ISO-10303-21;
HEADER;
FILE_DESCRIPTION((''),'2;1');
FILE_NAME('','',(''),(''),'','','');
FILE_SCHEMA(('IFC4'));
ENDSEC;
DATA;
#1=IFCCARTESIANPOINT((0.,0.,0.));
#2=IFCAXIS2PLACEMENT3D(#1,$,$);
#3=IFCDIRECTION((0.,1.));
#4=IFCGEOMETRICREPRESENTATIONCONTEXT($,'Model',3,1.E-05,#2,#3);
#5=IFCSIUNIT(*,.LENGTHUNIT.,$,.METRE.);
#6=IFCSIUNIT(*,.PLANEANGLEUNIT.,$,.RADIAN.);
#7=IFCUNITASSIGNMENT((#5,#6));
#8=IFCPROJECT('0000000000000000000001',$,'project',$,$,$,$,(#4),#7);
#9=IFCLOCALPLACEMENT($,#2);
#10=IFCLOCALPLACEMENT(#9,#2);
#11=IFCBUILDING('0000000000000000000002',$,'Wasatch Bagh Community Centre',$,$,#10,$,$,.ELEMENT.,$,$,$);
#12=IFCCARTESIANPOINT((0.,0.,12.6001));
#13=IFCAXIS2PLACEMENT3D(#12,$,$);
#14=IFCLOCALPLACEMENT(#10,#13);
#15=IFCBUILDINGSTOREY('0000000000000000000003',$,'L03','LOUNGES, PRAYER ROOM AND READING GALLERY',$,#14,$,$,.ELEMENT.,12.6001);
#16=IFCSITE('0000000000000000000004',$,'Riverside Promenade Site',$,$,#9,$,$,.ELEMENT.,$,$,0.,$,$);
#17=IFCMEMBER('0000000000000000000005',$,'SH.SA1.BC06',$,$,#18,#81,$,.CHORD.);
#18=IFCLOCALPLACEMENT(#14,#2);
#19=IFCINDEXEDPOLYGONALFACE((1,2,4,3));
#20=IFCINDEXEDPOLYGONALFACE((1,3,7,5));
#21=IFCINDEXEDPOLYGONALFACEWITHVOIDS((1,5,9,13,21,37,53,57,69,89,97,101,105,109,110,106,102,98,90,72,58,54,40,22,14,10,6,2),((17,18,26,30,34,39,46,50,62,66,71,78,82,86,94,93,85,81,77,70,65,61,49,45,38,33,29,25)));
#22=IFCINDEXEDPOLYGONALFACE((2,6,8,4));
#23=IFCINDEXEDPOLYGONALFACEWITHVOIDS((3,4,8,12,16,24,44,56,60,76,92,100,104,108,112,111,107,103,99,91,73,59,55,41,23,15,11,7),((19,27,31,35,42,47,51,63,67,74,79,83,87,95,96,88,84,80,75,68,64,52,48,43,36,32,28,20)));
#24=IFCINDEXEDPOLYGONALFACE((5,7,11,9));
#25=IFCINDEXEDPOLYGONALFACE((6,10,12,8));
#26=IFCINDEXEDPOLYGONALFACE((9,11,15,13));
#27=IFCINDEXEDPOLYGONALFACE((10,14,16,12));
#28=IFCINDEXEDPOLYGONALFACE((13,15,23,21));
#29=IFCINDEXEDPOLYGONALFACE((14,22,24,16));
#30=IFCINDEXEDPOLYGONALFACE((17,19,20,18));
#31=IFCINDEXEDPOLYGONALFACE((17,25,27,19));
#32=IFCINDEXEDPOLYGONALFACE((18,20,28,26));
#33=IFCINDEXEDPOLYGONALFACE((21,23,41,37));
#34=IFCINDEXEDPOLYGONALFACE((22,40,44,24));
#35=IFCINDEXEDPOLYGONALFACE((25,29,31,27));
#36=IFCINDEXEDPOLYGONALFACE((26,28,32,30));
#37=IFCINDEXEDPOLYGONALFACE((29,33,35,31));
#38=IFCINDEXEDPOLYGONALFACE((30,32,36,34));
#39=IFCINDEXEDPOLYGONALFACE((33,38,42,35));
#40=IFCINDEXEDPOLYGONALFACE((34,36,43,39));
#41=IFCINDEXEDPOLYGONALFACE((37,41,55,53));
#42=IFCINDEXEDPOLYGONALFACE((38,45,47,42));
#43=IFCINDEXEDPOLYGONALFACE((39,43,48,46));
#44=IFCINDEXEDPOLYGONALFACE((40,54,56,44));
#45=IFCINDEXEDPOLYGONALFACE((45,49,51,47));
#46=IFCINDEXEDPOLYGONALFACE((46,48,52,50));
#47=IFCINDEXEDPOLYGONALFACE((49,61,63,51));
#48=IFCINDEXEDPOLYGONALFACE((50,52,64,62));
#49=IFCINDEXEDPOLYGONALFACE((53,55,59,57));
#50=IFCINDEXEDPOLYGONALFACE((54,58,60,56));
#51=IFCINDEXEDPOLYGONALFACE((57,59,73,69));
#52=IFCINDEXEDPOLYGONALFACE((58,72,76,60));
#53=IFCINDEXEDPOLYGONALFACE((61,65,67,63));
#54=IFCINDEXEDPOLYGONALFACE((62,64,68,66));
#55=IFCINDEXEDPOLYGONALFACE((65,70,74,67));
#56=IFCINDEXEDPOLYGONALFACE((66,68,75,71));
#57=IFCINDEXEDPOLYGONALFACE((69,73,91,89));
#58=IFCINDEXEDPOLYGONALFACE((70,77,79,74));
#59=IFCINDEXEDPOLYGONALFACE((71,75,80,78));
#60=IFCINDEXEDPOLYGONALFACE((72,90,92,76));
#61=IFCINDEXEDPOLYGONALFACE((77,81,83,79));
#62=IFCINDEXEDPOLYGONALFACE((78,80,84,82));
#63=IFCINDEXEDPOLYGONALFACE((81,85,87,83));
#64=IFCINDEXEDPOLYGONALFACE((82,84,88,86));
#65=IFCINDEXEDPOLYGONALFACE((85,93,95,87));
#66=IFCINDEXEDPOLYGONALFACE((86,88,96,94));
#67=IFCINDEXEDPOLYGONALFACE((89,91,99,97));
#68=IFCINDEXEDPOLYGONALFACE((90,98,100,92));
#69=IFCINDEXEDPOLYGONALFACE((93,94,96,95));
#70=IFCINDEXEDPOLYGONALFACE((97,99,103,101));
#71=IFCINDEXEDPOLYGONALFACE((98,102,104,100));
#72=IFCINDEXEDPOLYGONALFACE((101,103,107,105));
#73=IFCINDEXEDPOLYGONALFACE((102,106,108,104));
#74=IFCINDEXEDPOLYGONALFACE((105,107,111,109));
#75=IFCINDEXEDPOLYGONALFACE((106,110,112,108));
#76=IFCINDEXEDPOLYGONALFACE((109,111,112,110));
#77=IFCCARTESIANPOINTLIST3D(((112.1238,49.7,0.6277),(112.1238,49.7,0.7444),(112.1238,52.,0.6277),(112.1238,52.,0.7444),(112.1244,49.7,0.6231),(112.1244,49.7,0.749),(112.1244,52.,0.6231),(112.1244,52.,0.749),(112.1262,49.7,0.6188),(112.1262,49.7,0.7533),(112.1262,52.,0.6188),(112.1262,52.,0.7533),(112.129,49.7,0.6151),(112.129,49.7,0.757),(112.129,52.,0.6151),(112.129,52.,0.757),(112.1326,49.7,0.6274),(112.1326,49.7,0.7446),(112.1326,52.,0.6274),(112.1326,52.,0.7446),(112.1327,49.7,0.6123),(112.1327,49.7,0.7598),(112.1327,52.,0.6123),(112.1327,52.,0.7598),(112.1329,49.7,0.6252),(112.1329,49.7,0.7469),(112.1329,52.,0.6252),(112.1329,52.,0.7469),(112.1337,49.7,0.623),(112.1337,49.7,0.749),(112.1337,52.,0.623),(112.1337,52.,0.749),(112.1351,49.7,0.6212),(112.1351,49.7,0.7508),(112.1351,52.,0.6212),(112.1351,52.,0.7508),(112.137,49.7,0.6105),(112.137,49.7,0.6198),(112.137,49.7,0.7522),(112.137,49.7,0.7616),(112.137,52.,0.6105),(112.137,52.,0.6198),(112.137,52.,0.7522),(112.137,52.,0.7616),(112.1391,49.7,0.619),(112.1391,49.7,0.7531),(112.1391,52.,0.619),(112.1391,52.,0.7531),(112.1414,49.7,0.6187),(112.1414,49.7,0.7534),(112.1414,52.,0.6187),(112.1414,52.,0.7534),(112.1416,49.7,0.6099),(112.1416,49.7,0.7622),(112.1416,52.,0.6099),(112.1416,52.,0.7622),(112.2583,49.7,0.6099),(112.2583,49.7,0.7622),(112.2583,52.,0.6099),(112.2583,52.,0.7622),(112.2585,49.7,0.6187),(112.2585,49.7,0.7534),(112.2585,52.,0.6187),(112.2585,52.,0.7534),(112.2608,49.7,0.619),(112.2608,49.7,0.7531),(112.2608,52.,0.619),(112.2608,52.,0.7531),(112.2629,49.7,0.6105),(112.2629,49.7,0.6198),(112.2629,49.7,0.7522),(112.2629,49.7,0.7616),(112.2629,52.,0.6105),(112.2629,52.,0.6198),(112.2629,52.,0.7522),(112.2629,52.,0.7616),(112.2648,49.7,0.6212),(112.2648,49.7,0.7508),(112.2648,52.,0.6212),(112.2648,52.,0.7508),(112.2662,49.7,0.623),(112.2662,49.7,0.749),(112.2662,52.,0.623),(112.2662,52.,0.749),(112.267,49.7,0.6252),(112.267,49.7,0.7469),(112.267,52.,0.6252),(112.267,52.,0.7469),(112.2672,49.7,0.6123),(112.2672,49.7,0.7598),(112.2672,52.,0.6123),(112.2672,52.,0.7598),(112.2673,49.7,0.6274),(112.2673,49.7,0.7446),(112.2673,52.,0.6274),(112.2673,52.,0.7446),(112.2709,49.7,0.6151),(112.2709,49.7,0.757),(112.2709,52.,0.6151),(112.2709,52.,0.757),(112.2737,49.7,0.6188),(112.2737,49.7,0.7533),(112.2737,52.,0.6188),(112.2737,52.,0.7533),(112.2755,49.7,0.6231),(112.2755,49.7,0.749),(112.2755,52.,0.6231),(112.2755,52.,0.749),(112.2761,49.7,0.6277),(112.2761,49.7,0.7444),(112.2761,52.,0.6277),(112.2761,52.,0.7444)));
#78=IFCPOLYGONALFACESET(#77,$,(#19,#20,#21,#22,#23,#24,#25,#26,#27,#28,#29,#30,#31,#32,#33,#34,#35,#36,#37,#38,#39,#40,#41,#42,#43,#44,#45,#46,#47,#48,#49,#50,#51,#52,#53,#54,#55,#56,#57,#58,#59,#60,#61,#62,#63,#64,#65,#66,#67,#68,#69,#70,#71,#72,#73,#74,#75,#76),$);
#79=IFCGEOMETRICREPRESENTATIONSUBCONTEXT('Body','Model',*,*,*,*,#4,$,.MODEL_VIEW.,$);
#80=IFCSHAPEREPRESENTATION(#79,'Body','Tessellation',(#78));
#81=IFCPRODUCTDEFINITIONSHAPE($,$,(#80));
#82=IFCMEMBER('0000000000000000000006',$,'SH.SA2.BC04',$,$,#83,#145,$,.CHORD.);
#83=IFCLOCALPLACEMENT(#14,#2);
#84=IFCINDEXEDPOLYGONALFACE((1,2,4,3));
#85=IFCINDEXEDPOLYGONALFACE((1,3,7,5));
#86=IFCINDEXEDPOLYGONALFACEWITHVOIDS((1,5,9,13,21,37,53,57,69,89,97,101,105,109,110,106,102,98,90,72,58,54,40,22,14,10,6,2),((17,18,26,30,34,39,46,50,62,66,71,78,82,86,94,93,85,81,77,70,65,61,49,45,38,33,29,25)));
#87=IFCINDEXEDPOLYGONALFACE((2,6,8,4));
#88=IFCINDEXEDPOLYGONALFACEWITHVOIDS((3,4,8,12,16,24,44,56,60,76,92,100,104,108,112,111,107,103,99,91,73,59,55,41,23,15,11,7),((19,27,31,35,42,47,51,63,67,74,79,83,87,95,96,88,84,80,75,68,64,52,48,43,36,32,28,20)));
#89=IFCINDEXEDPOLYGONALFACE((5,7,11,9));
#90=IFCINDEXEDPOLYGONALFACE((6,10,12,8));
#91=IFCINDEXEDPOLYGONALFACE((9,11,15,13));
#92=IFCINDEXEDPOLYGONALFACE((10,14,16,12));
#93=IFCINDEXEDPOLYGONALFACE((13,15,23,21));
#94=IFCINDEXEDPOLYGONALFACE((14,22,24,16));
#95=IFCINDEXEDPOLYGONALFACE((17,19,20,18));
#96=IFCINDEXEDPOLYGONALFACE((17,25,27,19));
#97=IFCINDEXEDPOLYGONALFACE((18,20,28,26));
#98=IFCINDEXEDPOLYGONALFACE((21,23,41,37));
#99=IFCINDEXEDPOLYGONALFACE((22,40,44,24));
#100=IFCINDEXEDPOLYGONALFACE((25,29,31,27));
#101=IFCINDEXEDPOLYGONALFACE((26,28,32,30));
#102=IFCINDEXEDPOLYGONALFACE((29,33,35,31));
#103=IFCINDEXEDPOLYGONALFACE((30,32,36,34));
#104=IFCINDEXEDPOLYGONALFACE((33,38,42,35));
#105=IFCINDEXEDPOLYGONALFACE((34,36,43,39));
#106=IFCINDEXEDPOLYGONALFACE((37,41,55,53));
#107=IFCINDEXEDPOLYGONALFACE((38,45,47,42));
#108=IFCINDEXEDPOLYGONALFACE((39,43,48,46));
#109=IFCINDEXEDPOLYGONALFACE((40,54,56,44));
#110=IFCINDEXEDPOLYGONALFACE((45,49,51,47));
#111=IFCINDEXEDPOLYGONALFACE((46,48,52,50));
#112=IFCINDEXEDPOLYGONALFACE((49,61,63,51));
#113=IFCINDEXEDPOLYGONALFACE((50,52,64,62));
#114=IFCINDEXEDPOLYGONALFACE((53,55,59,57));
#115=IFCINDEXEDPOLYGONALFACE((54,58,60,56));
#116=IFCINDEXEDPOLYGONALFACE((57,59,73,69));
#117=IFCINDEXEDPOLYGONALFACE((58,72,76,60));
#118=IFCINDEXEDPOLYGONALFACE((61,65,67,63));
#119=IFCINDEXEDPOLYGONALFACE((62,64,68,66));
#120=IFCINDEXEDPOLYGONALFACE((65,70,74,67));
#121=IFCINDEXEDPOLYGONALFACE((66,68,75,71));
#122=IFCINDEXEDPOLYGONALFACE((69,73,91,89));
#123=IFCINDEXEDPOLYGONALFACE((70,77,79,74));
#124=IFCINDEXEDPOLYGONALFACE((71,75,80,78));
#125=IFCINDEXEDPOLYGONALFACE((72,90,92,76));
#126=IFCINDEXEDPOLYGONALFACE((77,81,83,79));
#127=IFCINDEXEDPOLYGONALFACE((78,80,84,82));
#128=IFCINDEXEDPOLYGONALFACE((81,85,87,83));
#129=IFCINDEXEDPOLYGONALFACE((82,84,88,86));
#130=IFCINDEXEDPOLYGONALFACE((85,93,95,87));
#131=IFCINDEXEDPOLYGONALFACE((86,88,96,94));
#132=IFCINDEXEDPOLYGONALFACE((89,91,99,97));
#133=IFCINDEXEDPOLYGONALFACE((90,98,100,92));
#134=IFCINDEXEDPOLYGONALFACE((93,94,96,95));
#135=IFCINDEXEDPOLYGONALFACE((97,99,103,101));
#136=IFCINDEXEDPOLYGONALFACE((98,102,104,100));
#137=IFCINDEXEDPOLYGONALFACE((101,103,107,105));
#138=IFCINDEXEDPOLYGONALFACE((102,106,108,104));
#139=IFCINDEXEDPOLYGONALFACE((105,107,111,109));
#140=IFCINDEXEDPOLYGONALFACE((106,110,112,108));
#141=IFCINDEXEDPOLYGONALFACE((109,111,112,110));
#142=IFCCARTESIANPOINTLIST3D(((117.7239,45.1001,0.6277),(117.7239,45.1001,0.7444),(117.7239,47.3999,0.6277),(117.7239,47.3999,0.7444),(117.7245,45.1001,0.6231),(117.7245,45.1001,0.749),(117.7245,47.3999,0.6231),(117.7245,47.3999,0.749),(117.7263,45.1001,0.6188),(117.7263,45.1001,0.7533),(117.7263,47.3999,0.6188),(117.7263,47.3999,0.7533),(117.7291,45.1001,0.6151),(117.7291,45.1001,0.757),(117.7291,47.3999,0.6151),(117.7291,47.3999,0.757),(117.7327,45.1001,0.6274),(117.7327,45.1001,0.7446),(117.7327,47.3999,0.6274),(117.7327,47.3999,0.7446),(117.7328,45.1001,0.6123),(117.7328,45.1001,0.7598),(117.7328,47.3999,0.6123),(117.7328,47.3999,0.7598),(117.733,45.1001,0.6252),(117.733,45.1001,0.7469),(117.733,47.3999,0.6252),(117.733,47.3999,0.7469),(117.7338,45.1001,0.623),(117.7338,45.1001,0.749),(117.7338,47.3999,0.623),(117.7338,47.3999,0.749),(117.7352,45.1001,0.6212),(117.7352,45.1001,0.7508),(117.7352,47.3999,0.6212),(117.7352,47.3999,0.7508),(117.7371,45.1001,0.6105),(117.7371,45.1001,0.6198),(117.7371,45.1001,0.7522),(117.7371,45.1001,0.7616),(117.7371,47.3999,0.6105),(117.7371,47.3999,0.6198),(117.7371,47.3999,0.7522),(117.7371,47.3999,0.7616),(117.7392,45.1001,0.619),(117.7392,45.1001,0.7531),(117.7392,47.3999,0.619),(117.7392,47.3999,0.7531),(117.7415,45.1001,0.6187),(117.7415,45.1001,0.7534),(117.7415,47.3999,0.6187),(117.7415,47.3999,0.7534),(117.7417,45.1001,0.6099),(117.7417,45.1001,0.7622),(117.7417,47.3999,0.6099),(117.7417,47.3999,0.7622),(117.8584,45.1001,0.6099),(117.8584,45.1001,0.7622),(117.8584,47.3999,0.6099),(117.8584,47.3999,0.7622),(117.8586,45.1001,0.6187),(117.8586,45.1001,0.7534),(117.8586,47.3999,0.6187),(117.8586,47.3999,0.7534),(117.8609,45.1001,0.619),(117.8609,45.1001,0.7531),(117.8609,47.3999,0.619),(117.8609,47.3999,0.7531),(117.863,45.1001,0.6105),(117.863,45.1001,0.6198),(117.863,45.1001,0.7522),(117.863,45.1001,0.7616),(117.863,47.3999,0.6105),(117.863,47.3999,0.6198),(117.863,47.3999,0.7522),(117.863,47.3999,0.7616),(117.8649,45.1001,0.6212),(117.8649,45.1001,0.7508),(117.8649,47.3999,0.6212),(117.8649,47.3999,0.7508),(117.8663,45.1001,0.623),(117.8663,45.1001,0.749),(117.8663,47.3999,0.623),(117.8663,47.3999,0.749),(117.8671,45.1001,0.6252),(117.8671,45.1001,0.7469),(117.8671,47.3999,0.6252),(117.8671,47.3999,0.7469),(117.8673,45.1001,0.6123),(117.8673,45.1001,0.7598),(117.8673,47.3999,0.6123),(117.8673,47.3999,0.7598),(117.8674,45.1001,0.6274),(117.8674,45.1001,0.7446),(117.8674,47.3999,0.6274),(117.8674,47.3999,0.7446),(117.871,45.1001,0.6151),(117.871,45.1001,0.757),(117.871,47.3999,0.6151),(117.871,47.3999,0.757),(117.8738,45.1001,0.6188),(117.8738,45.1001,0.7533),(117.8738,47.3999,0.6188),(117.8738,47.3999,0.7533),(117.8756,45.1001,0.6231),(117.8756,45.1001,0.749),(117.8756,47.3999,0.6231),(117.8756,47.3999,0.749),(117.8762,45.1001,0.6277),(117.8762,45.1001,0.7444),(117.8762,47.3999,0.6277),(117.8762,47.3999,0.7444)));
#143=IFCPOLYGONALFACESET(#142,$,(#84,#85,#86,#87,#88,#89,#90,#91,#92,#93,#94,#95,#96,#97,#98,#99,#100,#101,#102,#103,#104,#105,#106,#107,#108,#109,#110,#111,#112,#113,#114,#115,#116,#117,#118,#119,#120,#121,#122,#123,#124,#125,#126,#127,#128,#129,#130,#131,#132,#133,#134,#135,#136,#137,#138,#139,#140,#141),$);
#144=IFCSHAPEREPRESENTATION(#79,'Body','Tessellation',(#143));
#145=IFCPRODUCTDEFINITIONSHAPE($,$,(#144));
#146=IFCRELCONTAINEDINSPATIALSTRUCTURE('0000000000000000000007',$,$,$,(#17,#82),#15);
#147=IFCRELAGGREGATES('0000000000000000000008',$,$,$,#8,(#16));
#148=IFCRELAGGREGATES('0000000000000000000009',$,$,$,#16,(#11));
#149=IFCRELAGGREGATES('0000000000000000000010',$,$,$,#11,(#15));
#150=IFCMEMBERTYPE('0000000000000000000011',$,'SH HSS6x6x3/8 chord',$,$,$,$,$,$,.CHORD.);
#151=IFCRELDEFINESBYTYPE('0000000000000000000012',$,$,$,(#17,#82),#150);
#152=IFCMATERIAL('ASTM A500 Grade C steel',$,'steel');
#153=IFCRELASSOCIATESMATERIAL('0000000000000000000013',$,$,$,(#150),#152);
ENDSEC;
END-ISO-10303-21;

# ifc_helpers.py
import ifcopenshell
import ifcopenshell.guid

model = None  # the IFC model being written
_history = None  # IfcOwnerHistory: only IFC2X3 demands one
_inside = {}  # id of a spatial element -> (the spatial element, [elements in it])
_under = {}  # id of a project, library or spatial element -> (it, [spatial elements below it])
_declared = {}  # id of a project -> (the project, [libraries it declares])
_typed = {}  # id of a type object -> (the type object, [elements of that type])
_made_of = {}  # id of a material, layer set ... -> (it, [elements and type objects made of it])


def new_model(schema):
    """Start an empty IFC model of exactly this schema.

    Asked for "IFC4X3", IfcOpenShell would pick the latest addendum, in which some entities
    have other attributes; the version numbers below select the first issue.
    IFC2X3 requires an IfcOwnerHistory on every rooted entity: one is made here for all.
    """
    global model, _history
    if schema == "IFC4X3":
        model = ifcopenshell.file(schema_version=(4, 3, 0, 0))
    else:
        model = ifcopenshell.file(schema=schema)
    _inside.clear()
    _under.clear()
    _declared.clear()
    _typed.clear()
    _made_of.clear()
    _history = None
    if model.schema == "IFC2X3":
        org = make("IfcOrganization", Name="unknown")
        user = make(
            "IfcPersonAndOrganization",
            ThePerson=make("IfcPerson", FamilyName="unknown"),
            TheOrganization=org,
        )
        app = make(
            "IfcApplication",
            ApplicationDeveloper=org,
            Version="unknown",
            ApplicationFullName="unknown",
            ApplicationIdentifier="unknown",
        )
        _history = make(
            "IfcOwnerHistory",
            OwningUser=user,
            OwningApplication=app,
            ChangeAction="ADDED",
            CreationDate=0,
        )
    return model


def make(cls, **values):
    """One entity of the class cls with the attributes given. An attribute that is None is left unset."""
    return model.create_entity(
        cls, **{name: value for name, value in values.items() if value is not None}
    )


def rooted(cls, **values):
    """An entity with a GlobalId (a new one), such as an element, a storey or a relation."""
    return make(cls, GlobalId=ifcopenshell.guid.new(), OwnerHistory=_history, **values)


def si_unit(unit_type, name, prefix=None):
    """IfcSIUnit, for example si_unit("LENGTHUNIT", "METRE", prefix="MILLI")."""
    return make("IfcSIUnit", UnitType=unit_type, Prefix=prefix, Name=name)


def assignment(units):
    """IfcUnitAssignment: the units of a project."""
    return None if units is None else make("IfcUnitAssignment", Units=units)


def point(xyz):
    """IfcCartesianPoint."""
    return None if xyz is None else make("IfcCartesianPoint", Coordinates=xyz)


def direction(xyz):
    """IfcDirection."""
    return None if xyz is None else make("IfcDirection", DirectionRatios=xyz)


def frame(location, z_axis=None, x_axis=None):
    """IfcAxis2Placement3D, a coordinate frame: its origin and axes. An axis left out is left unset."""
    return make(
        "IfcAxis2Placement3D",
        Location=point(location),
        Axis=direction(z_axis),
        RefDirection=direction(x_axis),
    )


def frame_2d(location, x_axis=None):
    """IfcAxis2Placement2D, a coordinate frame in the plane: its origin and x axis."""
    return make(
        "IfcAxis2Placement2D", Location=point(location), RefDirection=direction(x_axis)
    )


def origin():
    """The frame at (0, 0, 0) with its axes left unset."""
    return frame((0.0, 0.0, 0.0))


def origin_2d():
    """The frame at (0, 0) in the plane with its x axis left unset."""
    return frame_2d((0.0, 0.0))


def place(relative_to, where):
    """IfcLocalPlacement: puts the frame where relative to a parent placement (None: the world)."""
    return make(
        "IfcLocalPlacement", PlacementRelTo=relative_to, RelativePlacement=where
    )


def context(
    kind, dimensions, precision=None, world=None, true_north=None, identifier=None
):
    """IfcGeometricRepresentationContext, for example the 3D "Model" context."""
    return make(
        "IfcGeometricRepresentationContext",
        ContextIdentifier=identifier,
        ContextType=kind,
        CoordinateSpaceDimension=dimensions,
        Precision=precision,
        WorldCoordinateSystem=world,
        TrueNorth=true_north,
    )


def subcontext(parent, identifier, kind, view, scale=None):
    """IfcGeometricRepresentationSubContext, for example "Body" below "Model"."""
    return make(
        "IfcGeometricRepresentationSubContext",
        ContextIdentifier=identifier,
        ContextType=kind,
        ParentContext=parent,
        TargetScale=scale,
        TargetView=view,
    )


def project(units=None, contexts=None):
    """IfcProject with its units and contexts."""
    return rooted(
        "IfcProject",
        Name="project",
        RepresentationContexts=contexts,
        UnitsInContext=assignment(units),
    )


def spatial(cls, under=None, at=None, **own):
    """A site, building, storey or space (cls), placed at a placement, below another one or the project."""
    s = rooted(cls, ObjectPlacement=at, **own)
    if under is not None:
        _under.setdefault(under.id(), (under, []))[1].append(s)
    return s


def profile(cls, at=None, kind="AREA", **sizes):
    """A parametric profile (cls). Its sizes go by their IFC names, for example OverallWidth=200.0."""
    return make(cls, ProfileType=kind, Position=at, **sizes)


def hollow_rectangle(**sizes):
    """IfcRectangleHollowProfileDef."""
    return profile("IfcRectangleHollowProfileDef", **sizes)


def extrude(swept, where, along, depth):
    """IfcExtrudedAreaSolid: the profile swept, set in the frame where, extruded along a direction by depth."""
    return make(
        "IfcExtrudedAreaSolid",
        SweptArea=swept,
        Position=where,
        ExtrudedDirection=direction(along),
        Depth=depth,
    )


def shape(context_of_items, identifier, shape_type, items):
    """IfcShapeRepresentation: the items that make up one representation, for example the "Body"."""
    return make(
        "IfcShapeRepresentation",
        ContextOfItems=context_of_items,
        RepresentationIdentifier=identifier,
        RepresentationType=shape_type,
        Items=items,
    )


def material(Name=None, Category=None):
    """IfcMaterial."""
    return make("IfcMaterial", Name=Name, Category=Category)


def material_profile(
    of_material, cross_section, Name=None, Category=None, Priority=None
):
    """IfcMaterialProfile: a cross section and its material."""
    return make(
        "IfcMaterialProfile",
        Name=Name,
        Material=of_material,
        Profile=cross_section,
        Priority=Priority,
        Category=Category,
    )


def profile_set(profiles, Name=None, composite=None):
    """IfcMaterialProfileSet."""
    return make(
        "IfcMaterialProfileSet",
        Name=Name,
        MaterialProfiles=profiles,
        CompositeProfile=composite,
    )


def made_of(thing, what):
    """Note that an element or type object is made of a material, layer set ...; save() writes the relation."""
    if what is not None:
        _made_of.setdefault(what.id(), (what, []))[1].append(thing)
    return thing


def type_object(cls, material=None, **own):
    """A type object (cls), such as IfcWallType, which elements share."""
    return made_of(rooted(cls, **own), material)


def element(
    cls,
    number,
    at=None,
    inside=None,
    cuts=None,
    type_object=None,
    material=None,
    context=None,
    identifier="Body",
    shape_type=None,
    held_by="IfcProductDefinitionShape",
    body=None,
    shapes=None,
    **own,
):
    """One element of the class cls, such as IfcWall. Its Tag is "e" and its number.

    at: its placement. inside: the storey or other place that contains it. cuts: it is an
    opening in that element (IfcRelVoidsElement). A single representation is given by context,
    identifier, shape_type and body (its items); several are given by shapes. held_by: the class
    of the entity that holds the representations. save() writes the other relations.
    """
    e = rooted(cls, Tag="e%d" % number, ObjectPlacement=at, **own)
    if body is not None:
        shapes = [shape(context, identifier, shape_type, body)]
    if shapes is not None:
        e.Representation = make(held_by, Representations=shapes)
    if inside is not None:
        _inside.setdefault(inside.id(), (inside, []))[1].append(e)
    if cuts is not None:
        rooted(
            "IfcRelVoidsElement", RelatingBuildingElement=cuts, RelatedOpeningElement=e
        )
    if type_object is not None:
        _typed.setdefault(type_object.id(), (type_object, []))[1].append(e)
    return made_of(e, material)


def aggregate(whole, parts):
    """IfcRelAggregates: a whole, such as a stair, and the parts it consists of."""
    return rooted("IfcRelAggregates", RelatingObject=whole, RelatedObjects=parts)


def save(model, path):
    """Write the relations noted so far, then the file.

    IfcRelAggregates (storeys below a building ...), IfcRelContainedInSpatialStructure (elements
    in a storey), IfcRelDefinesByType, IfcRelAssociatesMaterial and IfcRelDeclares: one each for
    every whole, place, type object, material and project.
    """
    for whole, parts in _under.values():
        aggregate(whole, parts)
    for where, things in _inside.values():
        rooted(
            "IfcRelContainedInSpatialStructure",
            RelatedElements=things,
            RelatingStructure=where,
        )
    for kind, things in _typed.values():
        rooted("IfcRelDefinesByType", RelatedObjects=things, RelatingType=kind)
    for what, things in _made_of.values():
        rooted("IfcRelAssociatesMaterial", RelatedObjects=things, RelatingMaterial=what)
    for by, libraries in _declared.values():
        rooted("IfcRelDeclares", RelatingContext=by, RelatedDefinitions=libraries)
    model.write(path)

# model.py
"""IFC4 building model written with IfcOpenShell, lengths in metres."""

from ifc_helpers import new_model, si_unit, direction, frame, origin, origin_2d, place, context, subcontext, project, spatial, hollow_rectangle, extrude, material, material_profile, profile_set, type_object, element, save


model = new_model("IFC4")

# Units and contexts
model_context = context("Model", 3, precision=1e-05, world=origin(), true_north=direction((0.0, 1.0)))
body_context = subcontext(model_context, "Body", "Model", "MODEL_VIEW")
ifc_project = project(units=[si_unit("LENGTHUNIT", "METRE"), si_unit("PLANEANGLEUNIT", "RADIAN")], contexts=[model_context])

# Site, building, storey
site_placement = place(None, origin())
site = spatial("IfcSite", under=ifc_project, at=site_placement, Name="Riverside Promenade Site", CompositionType="ELEMENT", RefElevation=0.0)
building_placement = place(site_placement, origin())
building = spatial("IfcBuilding", under=site, at=building_placement, Name="Wasatch Bagh Community Centre", CompositionType="ELEMENT")
storey_placement = place(building_placement, frame((0.0, 0.0, 12.6001)))
storey = spatial("IfcBuildingStorey", under=building, at=storey_placement, Name="L03", Description="LOUNGES, PRAYER ROOM AND READING GALLERY", CompositionType="ELEMENT", Elevation=12.6001)

# Members
ifc_material_1 = material(Name="ASTM A500 Grade C steel", Category="steel")
ifc_material_profile_1 = material_profile(ifc_material_1, hollow_rectangle(XDim=0.1523, YDim=0.1523, WallThickness=0.0088, InnerFilletRadius=0.0088, OuterFilletRadius=0.0178, at=origin_2d()), Name="HSS6x6x3/8")
ifc_profile_set_1 = profile_set([ifc_material_profile_1], Name="ASTM A500 Grade C steel")
member_type_1 = type_object("IfcMemberType", Name="SH HSS6x6x3/8 chord", PredefinedType="CHORD", material=ifc_profile_set_1)
for number, where, z_axis, x_axis, name in (
    (1, (112.2, 49.7, 0.686), (0.0, 1.0, 0.0), (-1.0, 0.0, 0.0), "SH.SA1.BC06"),
):
    element("IfcMember", number, at=place(storey_placement, frame(where, z_axis=z_axis, x_axis=x_axis)), inside=storey, type_object=member_type_1, Name=name, PredefinedType="CHORD", context=body_context, shape_type="SweptSolid", body=[
        extrude(hollow_rectangle(XDim=0.1523, YDim=0.1523, WallThickness=0.0088, InnerFilletRadius=0.0088, OuterFilletRadius=0.0178, at=origin_2d()), origin(), (0.0, 0.0, 1.0), 2.3),
    ])
member_1_placement = place(storey_placement, frame((117.8, 45.1001, 0.686), z_axis=(0.0, 1.0, 0.0), x_axis=(-1.0, 0.0, 0.0)))
element("IfcMember", 2, at=member_1_placement, inside=storey, type_object=member_type_1, Name="SH.SA2.BC04", PredefinedType="CHORD", context=body_context, shape_type="SweptSolid", body=[
    extrude(hollow_rectangle(XDim=0.1523, YDim=0.1523, WallThickness=0.0088, InnerFilletRadius=0.0088, OuterFilletRadius=0.0178, at=origin_2d()), origin(), (0.0, 0.0, 1.0), 2.2998),
])

save(model, "model.ifc")
